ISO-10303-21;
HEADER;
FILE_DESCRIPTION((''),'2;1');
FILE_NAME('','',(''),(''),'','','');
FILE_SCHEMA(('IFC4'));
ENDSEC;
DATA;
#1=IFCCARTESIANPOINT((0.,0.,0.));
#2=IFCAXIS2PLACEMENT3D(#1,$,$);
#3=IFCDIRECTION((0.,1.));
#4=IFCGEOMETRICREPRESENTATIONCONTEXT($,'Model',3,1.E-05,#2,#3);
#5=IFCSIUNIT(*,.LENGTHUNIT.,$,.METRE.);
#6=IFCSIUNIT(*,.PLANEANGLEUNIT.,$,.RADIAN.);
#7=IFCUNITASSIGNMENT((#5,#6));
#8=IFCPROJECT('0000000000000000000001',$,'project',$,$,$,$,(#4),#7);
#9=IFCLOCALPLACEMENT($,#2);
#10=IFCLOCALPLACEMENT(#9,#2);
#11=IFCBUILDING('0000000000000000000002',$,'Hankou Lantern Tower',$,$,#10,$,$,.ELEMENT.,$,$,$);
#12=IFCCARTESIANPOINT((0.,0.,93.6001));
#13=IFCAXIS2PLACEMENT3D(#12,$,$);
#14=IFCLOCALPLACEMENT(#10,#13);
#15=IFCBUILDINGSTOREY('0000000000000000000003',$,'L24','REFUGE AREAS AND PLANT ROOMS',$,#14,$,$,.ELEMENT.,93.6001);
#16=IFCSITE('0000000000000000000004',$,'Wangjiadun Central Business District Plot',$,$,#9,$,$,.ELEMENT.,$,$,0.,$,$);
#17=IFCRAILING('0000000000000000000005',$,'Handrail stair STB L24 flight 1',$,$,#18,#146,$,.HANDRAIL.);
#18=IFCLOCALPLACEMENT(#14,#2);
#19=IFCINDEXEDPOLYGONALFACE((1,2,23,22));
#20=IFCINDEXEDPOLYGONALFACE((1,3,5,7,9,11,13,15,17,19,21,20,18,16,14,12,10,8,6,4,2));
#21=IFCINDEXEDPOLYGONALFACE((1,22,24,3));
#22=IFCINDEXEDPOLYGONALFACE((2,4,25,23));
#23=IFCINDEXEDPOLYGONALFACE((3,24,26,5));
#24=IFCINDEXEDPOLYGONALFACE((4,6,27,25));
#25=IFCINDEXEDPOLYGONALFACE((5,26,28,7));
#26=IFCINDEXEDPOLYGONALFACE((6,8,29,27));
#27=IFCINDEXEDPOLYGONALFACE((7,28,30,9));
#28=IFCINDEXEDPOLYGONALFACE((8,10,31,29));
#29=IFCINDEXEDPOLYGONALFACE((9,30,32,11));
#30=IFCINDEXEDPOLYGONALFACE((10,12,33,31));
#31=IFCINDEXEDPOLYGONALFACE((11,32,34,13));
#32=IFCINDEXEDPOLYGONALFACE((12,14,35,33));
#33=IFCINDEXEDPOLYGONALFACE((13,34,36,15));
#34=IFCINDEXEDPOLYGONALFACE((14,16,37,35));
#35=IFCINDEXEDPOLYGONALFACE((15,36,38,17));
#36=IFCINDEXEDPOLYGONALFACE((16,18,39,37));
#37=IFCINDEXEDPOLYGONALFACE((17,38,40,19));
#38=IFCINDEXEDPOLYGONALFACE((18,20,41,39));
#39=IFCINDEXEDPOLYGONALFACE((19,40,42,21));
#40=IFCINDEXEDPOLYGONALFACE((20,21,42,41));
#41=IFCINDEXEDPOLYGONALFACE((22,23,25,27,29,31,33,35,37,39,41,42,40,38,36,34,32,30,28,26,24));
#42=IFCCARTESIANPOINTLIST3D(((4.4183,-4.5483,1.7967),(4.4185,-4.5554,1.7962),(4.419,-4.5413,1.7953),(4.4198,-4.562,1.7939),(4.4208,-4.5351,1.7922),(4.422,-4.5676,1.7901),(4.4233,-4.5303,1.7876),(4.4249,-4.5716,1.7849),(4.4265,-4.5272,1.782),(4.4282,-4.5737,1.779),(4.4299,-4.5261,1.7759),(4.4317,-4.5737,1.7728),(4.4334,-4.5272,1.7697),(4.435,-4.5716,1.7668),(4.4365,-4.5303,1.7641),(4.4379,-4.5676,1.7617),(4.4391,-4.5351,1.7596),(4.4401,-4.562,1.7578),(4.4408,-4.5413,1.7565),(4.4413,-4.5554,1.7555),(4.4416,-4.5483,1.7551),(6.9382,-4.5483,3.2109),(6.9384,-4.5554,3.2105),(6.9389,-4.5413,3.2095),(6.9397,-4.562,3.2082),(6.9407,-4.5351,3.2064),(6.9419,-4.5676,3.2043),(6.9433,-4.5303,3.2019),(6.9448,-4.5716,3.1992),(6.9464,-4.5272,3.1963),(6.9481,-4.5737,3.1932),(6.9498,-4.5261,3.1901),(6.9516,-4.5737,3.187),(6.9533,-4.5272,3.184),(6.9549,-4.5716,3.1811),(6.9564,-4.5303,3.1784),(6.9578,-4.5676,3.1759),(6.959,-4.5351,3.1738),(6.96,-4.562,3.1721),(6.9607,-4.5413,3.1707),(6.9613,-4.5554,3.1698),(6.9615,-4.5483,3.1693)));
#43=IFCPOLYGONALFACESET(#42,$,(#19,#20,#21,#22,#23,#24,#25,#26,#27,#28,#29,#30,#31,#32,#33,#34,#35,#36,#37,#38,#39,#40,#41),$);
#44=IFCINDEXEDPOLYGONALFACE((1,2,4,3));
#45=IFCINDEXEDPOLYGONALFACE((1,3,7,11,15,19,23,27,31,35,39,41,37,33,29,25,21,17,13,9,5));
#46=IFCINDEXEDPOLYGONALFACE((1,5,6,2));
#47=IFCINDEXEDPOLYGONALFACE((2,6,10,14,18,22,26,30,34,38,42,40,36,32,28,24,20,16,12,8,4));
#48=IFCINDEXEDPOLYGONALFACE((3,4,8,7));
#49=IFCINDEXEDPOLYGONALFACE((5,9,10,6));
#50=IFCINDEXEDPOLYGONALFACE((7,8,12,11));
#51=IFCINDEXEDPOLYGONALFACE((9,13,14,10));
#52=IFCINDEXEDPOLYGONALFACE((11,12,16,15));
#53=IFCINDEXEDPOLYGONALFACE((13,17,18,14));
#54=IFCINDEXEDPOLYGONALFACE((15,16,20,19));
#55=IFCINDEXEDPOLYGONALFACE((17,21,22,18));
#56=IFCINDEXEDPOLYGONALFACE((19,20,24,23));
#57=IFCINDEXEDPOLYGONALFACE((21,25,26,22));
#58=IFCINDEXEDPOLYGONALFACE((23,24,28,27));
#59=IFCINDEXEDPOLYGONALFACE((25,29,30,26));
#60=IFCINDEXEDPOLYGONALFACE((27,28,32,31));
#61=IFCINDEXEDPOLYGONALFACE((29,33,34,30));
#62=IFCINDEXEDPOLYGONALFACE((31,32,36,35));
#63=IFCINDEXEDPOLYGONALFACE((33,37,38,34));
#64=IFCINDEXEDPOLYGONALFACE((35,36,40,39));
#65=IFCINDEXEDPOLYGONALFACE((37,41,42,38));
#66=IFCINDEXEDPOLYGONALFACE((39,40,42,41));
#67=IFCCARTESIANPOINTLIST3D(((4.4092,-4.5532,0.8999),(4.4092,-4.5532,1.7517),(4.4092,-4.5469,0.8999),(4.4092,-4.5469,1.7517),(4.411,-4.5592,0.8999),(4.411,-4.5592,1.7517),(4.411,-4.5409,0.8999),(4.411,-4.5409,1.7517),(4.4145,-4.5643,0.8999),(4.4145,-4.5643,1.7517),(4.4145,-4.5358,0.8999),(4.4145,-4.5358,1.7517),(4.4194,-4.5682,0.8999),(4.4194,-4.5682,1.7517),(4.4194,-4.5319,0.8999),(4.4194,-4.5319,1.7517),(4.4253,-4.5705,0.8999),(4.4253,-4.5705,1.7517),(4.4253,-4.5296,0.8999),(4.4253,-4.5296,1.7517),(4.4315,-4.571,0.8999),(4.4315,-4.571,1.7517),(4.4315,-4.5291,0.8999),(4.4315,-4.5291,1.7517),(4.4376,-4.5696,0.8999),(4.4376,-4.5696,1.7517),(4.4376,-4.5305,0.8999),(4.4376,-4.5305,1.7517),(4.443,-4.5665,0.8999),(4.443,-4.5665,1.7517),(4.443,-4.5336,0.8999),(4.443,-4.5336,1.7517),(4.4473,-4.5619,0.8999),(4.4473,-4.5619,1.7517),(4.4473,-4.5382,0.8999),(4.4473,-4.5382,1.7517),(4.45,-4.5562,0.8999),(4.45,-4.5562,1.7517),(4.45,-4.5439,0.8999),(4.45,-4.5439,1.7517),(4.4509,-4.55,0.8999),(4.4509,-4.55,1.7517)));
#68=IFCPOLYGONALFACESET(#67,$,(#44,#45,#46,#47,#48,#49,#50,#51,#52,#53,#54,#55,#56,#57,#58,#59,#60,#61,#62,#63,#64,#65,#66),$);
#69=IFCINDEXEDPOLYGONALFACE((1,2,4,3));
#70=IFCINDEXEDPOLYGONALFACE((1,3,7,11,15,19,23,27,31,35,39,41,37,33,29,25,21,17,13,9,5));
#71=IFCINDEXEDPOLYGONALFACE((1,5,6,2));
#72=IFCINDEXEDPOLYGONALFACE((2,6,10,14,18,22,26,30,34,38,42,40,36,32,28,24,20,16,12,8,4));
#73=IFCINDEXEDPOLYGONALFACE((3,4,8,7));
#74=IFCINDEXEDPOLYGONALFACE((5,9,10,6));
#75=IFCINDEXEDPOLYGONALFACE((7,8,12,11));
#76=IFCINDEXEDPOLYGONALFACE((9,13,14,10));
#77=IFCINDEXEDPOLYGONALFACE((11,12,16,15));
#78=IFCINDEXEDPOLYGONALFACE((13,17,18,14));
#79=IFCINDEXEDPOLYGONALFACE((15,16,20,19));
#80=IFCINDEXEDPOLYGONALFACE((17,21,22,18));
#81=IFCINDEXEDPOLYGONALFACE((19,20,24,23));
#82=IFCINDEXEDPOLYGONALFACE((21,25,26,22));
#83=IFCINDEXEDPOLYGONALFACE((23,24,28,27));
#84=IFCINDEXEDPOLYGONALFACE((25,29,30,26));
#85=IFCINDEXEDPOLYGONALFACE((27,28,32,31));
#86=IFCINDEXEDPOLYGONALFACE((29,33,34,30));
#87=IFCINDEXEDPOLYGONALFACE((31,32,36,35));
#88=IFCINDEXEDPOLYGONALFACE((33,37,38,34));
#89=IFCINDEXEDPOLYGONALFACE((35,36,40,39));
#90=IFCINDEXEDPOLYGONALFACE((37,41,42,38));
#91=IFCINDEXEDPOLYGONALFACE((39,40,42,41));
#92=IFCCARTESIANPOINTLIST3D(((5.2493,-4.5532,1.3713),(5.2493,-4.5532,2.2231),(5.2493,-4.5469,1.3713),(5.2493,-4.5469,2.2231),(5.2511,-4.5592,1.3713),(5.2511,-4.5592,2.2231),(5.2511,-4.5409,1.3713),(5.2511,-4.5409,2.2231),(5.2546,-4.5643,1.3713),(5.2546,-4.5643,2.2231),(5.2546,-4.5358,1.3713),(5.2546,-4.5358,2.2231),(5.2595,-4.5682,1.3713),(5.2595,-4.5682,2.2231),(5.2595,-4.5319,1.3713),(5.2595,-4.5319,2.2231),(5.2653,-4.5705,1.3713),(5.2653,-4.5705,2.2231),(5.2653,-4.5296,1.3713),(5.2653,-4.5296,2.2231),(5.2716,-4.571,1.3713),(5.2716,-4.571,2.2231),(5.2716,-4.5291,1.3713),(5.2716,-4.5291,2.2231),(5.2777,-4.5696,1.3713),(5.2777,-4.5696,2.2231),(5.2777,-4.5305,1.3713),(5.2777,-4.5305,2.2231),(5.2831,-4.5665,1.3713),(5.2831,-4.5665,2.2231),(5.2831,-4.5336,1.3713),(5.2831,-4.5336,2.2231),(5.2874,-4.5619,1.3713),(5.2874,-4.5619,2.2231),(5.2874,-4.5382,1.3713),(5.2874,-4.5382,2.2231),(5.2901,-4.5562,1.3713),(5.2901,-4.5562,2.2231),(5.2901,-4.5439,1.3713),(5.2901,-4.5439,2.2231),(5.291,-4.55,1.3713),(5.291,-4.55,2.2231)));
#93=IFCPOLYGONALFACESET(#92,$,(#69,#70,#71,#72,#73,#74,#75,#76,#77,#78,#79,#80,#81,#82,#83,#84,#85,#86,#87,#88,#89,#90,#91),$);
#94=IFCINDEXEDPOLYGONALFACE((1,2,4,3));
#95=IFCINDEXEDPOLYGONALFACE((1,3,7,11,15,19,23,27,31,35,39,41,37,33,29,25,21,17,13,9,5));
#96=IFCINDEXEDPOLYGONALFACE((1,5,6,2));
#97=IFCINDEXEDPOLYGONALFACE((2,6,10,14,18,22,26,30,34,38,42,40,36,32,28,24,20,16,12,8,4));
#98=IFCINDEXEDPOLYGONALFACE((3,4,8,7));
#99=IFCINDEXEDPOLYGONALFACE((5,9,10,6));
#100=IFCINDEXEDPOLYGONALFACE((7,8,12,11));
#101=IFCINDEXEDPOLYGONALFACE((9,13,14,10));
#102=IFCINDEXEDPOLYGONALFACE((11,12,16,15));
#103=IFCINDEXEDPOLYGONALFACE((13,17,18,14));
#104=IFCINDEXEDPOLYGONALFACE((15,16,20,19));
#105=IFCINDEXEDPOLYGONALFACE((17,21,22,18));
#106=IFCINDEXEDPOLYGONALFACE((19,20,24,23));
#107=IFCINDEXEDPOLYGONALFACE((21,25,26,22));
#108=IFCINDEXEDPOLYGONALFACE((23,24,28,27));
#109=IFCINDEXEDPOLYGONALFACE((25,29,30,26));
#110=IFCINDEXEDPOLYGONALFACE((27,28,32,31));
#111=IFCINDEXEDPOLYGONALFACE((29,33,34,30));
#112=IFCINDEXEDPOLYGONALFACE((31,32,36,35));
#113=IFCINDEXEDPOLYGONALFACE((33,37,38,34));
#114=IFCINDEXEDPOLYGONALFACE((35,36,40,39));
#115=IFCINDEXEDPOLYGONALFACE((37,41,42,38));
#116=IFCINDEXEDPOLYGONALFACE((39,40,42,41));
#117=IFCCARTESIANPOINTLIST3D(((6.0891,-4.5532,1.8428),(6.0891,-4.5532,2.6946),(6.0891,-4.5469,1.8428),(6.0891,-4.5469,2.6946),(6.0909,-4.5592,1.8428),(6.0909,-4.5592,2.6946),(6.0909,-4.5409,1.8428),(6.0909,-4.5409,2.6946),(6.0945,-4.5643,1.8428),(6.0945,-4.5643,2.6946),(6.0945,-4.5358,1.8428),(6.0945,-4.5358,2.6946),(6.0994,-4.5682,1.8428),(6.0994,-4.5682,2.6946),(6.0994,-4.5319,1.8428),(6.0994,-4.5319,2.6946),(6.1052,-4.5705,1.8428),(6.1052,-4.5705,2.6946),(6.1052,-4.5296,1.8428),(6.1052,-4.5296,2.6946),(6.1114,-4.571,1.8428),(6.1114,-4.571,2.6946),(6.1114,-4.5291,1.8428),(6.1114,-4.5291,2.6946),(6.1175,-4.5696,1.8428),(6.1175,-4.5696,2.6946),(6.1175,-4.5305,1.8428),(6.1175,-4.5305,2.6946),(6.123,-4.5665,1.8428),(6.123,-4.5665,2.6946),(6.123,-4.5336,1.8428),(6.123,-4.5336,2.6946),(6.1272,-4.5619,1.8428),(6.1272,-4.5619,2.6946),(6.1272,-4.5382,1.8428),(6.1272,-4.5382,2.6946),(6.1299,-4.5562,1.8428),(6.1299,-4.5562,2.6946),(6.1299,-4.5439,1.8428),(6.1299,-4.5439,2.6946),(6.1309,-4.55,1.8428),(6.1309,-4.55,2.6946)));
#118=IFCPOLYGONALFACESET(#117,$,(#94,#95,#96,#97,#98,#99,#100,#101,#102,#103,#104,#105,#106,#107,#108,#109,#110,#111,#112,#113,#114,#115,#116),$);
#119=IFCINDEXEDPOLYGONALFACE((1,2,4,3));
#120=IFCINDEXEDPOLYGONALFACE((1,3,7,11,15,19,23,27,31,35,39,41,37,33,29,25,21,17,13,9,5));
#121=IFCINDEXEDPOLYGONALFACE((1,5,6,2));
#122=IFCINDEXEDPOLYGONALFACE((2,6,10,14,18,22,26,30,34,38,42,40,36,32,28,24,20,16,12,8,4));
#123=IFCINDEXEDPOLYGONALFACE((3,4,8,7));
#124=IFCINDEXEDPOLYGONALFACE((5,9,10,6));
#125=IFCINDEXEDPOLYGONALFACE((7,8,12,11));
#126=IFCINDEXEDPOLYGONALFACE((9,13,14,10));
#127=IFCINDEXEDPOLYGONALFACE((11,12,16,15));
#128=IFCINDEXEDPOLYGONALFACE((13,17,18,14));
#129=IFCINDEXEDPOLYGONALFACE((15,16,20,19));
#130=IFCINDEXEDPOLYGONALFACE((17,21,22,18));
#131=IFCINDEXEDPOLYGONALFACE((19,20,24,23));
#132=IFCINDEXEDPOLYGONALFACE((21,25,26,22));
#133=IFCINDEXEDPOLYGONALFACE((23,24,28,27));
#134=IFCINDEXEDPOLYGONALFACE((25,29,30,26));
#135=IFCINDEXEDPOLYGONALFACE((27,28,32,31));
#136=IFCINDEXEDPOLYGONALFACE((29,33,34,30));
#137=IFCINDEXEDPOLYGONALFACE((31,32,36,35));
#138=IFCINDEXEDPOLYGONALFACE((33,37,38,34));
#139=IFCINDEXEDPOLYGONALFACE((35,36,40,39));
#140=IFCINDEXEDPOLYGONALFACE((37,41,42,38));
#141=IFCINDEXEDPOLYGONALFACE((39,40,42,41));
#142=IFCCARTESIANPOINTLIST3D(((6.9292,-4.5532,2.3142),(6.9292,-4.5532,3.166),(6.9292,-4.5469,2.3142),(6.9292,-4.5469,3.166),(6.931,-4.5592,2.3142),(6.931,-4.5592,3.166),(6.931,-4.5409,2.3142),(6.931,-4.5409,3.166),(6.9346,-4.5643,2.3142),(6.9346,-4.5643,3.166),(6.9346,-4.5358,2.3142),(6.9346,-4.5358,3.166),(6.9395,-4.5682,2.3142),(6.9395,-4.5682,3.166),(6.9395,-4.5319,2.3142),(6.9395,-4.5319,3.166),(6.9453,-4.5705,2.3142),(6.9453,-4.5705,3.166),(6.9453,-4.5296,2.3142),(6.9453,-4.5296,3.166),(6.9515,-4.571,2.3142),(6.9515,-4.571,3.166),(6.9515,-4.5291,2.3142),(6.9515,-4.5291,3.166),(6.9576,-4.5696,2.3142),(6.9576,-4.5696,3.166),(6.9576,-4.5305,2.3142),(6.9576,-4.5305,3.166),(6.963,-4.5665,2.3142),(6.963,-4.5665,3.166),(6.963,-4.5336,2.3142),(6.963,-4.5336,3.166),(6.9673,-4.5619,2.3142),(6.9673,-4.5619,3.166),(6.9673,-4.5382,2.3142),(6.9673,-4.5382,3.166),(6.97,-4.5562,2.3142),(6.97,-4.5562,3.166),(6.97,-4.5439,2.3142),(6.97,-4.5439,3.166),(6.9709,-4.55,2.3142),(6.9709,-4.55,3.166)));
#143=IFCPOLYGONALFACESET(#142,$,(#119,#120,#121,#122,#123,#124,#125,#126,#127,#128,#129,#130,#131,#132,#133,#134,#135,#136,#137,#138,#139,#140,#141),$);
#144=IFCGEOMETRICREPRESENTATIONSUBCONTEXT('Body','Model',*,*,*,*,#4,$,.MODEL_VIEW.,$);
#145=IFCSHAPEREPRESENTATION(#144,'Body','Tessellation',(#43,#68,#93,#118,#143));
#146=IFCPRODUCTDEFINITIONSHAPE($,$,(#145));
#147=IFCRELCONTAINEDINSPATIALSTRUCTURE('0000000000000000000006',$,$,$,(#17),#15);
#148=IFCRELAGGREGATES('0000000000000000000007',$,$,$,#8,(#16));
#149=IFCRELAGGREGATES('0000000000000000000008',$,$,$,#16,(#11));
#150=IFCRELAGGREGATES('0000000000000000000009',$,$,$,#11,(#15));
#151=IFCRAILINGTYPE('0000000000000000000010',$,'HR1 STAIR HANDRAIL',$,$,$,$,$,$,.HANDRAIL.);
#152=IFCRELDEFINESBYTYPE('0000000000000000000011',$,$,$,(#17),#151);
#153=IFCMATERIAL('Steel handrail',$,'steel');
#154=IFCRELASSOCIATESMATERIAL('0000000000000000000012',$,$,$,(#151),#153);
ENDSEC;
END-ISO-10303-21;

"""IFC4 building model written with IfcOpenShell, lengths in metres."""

from ifc_helpers import new_model, si_unit, direction, frame, origin, origin_2d, place, context, subcontext, project, spatial, circle, extrude, material, type_object, element, save


model = new_model("IFC4")

# Units and contexts
model_context = context("Model", 3, precision=1e-05, world=origin(), true_north=direction((0.0, 1.0)))
body_context = subcontext(model_context, "Body", "Model", "MODEL_VIEW")
ifc_project = project(units=[si_unit("LENGTHUNIT", "METRE"), si_unit("PLANEANGLEUNIT", "RADIAN")], contexts=[model_context])

# Site, building, storey
site_placement = place(None, origin())
site = spatial("IfcSite", under=ifc_project, at=site_placement, Name="Wangjiadun Central Business District Plot", CompositionType="ELEMENT", RefElevation=0.0)
building_placement = place(site_placement, origin())
building = spatial("IfcBuilding", under=site, at=building_placement, Name="Hankou Lantern Tower", CompositionType="ELEMENT")
storey_placement = place(building_placement, frame((0.0, 0.0, 93.6001)))
storey = spatial("IfcBuildingStorey", under=building, at=storey_placement, Name="L24", Description="REFUGE AREAS AND PLANT ROOMS", CompositionType="ELEMENT", Elevation=93.6001)

# Railing
ifc_material_1 = material(Name="Steel handrail", Category="steel")
railing_type = type_object("IfcRailingType", Name="HR1 STAIR HANDRAIL", PredefinedType="HANDRAIL", material=ifc_material_1)
railing_1_placement = place(storey_placement, frame((4.4299, -4.55, 0.8999)))
element("IfcRailing", 1, at=railing_1_placement, inside=storey, type_object=railing_type, Name="Handrail stair STB L24 flight 1", PredefinedType="HANDRAIL", context=body_context, shape_type="SweptSolid", body=[
    extrude(circle(Radius=0.0239, at=origin_2d()), frame((0.0, 0.0, 0.876), z_axis=(0.872049, 0.0, 0.489419), x_axis=(0.0, 1.0, 0.0)), (0.0, 0.0, 1.0), 2.8896),
    extrude(circle(Radius=0.021, at=origin_2d()), origin(), (0.0, 0.0, 1.0), 0.8518),
    extrude(circle(Radius=0.021, at=origin_2d()), frame((0.8401, 0.0, 0.4714)), (0.0, 0.0, 1.0), 0.8518),
    extrude(circle(Radius=0.021, at=origin_2d()), frame((1.6799, 0.0, 0.9429)), (0.0, 0.0, 1.0), 0.8518),
    extrude(circle(Radius=0.021, at=origin_2d()), frame((2.52, 0.0, 1.4143)), (0.0, 0.0, 1.0), 0.8518),
])

save(model, "model.ifc")
